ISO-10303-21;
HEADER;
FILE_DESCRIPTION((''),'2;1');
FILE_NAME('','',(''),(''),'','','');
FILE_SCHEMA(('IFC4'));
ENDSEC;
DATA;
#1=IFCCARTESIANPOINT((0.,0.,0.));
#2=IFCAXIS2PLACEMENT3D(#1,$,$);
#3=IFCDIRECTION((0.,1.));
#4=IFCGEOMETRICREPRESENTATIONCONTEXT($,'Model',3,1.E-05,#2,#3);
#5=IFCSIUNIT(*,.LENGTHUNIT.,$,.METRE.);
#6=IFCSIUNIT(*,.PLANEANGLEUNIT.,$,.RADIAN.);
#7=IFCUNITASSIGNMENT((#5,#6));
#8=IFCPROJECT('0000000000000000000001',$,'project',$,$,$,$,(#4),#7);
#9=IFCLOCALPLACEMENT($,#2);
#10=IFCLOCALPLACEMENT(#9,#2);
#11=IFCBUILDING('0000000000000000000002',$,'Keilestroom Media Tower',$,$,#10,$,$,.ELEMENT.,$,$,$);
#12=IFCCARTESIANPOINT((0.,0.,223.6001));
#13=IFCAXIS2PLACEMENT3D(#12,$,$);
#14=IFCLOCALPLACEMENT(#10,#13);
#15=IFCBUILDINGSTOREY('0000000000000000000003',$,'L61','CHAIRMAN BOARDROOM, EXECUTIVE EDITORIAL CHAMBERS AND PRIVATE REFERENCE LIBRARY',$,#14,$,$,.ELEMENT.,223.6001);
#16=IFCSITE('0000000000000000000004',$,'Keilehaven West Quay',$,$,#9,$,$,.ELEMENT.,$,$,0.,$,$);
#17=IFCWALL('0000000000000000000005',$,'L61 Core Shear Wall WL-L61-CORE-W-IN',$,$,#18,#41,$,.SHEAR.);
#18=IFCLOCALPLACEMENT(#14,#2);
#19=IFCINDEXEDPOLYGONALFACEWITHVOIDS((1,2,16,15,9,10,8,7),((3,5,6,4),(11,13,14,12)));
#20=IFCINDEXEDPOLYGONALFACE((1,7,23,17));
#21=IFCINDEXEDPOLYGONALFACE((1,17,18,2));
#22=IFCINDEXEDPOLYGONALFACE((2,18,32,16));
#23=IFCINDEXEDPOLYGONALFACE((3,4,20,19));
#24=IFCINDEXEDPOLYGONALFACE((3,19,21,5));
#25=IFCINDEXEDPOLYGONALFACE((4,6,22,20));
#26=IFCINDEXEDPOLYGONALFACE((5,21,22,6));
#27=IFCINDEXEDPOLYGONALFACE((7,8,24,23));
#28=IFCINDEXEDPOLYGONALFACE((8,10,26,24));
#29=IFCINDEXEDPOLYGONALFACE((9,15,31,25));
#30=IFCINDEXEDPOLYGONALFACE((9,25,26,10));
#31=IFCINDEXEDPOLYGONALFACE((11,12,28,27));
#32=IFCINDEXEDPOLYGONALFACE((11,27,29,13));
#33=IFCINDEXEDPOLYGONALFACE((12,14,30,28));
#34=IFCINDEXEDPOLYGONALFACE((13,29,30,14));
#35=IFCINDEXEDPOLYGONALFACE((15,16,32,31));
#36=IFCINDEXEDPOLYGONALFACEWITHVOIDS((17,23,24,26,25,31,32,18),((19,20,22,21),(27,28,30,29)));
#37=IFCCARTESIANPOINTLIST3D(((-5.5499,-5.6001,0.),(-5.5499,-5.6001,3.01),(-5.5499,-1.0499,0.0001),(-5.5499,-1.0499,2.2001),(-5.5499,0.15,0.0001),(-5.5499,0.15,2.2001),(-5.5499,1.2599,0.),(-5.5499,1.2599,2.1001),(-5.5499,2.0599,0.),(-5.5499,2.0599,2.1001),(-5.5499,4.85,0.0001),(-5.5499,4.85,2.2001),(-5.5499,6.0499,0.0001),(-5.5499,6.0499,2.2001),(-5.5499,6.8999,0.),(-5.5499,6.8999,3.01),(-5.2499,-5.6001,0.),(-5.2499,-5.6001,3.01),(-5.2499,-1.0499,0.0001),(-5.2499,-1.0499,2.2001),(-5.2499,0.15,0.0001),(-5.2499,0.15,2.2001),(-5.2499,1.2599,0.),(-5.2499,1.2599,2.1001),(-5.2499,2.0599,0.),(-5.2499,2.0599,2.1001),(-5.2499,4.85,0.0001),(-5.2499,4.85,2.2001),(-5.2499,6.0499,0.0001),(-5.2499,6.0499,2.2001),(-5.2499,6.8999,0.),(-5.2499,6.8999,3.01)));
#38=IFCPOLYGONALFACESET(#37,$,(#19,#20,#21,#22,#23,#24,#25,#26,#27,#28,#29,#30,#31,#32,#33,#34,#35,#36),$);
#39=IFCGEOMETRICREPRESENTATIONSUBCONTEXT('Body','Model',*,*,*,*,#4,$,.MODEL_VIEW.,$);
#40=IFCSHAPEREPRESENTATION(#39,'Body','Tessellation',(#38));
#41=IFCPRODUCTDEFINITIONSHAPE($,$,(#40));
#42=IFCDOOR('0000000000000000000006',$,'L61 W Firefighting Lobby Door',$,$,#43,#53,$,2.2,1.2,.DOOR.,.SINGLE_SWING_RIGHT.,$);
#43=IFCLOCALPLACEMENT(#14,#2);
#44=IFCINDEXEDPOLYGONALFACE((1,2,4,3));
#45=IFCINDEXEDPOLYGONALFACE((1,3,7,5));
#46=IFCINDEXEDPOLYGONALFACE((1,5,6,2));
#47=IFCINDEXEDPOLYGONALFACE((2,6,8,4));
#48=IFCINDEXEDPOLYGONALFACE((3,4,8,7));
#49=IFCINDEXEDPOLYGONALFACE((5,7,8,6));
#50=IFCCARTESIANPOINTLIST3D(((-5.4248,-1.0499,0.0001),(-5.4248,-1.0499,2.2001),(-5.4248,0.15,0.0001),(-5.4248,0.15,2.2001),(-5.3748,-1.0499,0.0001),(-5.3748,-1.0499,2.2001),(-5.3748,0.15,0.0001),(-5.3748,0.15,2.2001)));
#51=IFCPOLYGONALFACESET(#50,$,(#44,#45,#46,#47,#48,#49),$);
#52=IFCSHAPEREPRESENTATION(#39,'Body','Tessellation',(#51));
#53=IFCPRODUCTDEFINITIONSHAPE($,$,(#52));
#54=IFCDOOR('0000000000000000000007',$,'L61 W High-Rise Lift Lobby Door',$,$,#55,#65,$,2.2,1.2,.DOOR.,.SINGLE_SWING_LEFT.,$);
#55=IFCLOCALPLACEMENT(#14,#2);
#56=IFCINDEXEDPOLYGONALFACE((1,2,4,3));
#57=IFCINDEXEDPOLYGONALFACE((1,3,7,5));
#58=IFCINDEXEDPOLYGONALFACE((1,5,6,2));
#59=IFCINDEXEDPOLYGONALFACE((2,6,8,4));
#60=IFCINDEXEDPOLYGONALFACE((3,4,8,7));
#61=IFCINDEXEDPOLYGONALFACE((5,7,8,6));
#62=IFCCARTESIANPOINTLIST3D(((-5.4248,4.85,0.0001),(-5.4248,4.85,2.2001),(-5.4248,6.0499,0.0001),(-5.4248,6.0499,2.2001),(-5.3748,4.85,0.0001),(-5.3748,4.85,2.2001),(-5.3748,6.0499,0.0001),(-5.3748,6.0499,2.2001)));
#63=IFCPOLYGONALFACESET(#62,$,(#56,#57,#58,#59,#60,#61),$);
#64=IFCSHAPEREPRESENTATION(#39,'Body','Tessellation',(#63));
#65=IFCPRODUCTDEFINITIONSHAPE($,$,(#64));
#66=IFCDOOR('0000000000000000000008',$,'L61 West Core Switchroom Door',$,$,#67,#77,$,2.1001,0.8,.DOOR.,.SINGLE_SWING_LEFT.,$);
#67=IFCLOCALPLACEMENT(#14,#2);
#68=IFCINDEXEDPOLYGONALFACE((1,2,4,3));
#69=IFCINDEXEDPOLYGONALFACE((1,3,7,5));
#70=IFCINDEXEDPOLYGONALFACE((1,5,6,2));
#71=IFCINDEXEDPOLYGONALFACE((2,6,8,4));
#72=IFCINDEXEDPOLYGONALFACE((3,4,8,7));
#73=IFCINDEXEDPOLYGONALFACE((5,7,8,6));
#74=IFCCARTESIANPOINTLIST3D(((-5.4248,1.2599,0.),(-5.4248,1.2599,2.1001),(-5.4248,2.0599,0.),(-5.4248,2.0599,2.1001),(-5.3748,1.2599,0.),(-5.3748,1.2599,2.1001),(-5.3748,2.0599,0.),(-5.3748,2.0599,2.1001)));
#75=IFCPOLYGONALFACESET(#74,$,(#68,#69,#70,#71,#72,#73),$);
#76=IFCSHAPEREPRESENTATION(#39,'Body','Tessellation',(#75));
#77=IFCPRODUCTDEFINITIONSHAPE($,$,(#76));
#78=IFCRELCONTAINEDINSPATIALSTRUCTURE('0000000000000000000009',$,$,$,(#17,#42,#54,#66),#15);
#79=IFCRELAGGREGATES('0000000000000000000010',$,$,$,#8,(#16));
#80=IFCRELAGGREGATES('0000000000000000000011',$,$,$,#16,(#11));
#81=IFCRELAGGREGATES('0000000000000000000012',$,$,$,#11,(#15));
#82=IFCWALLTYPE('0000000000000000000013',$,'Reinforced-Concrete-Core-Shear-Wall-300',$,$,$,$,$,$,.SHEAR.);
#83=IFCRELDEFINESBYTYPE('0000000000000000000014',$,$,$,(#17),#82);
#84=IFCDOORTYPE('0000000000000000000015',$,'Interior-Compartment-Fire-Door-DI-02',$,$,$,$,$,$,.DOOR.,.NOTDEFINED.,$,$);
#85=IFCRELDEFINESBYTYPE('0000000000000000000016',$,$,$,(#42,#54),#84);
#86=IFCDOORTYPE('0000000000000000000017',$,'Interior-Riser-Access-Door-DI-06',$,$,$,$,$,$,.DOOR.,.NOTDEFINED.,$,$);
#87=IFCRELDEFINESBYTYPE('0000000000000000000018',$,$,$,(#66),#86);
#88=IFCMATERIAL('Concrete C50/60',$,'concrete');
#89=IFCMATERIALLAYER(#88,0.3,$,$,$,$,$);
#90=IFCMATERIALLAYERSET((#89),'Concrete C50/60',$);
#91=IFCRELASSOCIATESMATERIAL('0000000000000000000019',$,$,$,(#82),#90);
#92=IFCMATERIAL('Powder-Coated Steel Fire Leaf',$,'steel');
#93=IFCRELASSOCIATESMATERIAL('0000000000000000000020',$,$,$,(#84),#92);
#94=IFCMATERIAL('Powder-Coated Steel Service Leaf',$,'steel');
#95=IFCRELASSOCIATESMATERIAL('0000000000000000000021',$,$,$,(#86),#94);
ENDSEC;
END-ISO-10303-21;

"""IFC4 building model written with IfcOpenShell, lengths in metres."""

from ifc_helpers import new_model, si_unit, direction, frame, frame_2d, origin, place, context, subcontext, project, spatial, rectangle, extrude, source, transform, mapped, material, layer, layer_set, type_object, element, fill, save


model = new_model("IFC4")

# Units and contexts
model_context = context("Model", 3, precision=1e-05, world=origin(), true_north=direction((0.0, 1.0)))
body_context = subcontext(model_context, "Body", "Model", "MODEL_VIEW")
ifc_project = project(units=[si_unit("LENGTHUNIT", "METRE"), si_unit("PLANEANGLEUNIT", "RADIAN")], contexts=[model_context])

# Site, building, storey
site_placement = place(None, origin())
site = spatial("IfcSite", under=ifc_project, at=site_placement, Name="Keilehaven West Quay", CompositionType="ELEMENT", RefElevation=0.0)
building_placement = place(site_placement, origin())
building = spatial("IfcBuilding", under=site, at=building_placement, Name="Keilestroom Media Tower", CompositionType="ELEMENT")
storey_placement = place(building_placement, frame((0.0, 0.0, 223.6001)))
storey = spatial("IfcBuildingStorey", under=building, at=storey_placement, Name="L61", Description="CHAIRMAN BOARDROOM, EXECUTIVE EDITORIAL CHAMBERS AND PRIVATE REFERENCE LIBRARY", CompositionType="ELEMENT", Elevation=223.6001)

# Shared definitions
ifc_material_1 = material(Name="Concrete C50/60", Category="concrete")
ifc_layer_1 = layer(ifc_material_1, 0.3)
ifc_layer_set_1 = layer_set([ifc_layer_1], Name="Concrete C50/60")
wall_type_1 = type_object("IfcWallType", Name="Reinforced-Concrete-Core-Shear-Wall-300", PredefinedType="SHEAR", material=ifc_layer_set_1)

# Wall, openings, doors
wall_1_placement = place(storey_placement, frame((-5.3999, -5.6001, 0.0), z_axis=(0.0, 0.0, 1.0), x_axis=(0.0, 1.0, 0.0)))
wall_1 = element("IfcWall", 1, at=wall_1_placement, inside=storey, type_object=wall_type_1, Name="L61 Core Shear Wall WL-L61-CORE-W-IN", PredefinedType="SHEAR", context=body_context, shape_type="SweptSolid", body=[
    extrude(rectangle(XDim=12.5, YDim=0.3, at=frame_2d((6.25, 0.0))), origin(), (0.0, 0.0, 1.0), 3.01),
])
opening_1_placement = place(wall_1_placement, frame((4.55, 0.0, 0.0)))
opening_1 = element("IfcOpeningElement", 2, at=opening_1_placement, cuts=wall_1, PredefinedType="OPENING", context=body_context, shape_type="SweptSolid", body=[
    extrude(rectangle(XDim=1.2, YDim=2.2, at=frame_2d((0.6001, 1.1001))), frame((0.0, 0.1602, 0.0), z_axis=(0.0, -1.0, 0.0), x_axis=(1.0, 0.0, 0.0)), (0.0, 0.0, 1.0), 0.3201),
])
opening_2_placement = place(wall_1_placement, frame((10.45, 0.0, 0.0)))
opening_2 = element("IfcOpeningElement", 3, at=opening_2_placement, cuts=wall_1, PredefinedType="OPENING", context=body_context, shape_type="SweptSolid", body=[
    extrude(rectangle(XDim=1.2, YDim=2.2, at=frame_2d((0.6001, 1.1001))), frame((0.0, 0.1602, 0.0), z_axis=(0.0, -1.0, 0.0), x_axis=(1.0, 0.0, 0.0)), (0.0, 0.0, 1.0), 0.3201),
])
opening_3_placement = place(wall_1_placement, frame((6.8601, 0.0, 0.0)))
opening_3 = element("IfcOpeningElement", 4, at=opening_3_placement, cuts=wall_1, PredefinedType="OPENING", context=body_context, shape_type="SweptSolid", body=[
    extrude(rectangle(XDim=0.8, YDim=2.1001, at=frame_2d((0.3999, 1.05))), frame((0.0, 0.1602, 0.0), z_axis=(0.0, -1.0, 0.0), x_axis=(1.0, 0.0, 0.0)), (0.0, 0.0, 1.0), 0.3201),
])
ifc_material_2 = material(Name="Powder-Coated Steel Fire Leaf", Category="steel")
door_type_1 = type_object("IfcDoorType", Name="Interior-Compartment-Fire-Door-DI-02", OperationType="NOTDEFINED", PredefinedType="DOOR", material=ifc_material_2)
shared_shape_1 = source(origin(), body_context, "Body", "SweptSolid", [
    extrude(rectangle(XDim=1.2, YDim=2.2, at=frame_2d((0.6001, 1.1001))), frame((0.0, 0.0249, 0.0), z_axis=(0.0, -1.0, 0.0), x_axis=(1.0, 0.0, 0.0)), (0.0, 0.0, 1.0), 0.05),
])
door_1_placement = place(opening_1_placement, origin())
door_1 = element("IfcDoor", 5, at=door_1_placement, inside=storey, type_object=door_type_1, Name="L61 W Firefighting Lobby Door", OperationType="SINGLE_SWING_RIGHT", OverallHeight=2.2, OverallWidth=1.2, PredefinedType="DOOR", context=body_context, shape_type="MappedRepresentation", body=[
    mapped(shared_shape_1, transform((0.0, 0.0, 0.0), x_axis=(1.0, 0.0, 0.0), y_axis=(0.0, 1.0, 0.0), z_axis=(0.0, 0.0, 1.0), scale=1.0)),
])
fill(opening_1, door_1)
door_2_placement = place(opening_2_placement, origin())
door_2 = element("IfcDoor", 6, at=door_2_placement, inside=storey, type_object=door_type_1, Name="L61 W High-Rise Lift Lobby Door", OperationType="SINGLE_SWING_LEFT", OverallHeight=2.2, OverallWidth=1.2, PredefinedType="DOOR", context=body_context, shape_type="MappedRepresentation", body=[
    mapped(shared_shape_1, transform((0.0, 0.0, 0.0), x_axis=(1.0, 0.0, 0.0), y_axis=(0.0, 1.0, 0.0), z_axis=(0.0, 0.0, 1.0), scale=1.0)),
])
fill(opening_2, door_2)
ifc_material_3 = material(Name="Powder-Coated Steel Service Leaf", Category="steel")
door_type_2 = type_object("IfcDoorType", Name="Interior-Riser-Access-Door-DI-06", OperationType="NOTDEFINED", PredefinedType="DOOR", material=ifc_material_3)
shared_shape_2 = source(origin(), body_context, "Body", "SweptSolid", [
    extrude(rectangle(XDim=0.8, YDim=2.1001, at=frame_2d((0.3999, 1.05))), frame((0.0, 0.0249, 0.0), z_axis=(0.0, -1.0, 0.0), x_axis=(1.0, 0.0, 0.0)), (0.0, 0.0, 1.0), 0.05),
])
door_3_placement = place(opening_3_placement, origin())
door_3 = element("IfcDoor", 7, at=door_3_placement, inside=storey, type_object=door_type_2, Name="L61 West Core Switchroom Door", OperationType="SINGLE_SWING_LEFT", OverallHeight=2.1001, OverallWidth=0.8, PredefinedType="DOOR", context=body_context, shape_type="MappedRepresentation", body=[
    mapped(shared_shape_2, transform((0.0, 0.0, 0.0), x_axis=(1.0, 0.0, 0.0), y_axis=(0.0, 1.0, 0.0), z_axis=(0.0, 0.0, 1.0), scale=1.0)),
])
fill(opening_3, door_3)

save(model, "model.ifc")
